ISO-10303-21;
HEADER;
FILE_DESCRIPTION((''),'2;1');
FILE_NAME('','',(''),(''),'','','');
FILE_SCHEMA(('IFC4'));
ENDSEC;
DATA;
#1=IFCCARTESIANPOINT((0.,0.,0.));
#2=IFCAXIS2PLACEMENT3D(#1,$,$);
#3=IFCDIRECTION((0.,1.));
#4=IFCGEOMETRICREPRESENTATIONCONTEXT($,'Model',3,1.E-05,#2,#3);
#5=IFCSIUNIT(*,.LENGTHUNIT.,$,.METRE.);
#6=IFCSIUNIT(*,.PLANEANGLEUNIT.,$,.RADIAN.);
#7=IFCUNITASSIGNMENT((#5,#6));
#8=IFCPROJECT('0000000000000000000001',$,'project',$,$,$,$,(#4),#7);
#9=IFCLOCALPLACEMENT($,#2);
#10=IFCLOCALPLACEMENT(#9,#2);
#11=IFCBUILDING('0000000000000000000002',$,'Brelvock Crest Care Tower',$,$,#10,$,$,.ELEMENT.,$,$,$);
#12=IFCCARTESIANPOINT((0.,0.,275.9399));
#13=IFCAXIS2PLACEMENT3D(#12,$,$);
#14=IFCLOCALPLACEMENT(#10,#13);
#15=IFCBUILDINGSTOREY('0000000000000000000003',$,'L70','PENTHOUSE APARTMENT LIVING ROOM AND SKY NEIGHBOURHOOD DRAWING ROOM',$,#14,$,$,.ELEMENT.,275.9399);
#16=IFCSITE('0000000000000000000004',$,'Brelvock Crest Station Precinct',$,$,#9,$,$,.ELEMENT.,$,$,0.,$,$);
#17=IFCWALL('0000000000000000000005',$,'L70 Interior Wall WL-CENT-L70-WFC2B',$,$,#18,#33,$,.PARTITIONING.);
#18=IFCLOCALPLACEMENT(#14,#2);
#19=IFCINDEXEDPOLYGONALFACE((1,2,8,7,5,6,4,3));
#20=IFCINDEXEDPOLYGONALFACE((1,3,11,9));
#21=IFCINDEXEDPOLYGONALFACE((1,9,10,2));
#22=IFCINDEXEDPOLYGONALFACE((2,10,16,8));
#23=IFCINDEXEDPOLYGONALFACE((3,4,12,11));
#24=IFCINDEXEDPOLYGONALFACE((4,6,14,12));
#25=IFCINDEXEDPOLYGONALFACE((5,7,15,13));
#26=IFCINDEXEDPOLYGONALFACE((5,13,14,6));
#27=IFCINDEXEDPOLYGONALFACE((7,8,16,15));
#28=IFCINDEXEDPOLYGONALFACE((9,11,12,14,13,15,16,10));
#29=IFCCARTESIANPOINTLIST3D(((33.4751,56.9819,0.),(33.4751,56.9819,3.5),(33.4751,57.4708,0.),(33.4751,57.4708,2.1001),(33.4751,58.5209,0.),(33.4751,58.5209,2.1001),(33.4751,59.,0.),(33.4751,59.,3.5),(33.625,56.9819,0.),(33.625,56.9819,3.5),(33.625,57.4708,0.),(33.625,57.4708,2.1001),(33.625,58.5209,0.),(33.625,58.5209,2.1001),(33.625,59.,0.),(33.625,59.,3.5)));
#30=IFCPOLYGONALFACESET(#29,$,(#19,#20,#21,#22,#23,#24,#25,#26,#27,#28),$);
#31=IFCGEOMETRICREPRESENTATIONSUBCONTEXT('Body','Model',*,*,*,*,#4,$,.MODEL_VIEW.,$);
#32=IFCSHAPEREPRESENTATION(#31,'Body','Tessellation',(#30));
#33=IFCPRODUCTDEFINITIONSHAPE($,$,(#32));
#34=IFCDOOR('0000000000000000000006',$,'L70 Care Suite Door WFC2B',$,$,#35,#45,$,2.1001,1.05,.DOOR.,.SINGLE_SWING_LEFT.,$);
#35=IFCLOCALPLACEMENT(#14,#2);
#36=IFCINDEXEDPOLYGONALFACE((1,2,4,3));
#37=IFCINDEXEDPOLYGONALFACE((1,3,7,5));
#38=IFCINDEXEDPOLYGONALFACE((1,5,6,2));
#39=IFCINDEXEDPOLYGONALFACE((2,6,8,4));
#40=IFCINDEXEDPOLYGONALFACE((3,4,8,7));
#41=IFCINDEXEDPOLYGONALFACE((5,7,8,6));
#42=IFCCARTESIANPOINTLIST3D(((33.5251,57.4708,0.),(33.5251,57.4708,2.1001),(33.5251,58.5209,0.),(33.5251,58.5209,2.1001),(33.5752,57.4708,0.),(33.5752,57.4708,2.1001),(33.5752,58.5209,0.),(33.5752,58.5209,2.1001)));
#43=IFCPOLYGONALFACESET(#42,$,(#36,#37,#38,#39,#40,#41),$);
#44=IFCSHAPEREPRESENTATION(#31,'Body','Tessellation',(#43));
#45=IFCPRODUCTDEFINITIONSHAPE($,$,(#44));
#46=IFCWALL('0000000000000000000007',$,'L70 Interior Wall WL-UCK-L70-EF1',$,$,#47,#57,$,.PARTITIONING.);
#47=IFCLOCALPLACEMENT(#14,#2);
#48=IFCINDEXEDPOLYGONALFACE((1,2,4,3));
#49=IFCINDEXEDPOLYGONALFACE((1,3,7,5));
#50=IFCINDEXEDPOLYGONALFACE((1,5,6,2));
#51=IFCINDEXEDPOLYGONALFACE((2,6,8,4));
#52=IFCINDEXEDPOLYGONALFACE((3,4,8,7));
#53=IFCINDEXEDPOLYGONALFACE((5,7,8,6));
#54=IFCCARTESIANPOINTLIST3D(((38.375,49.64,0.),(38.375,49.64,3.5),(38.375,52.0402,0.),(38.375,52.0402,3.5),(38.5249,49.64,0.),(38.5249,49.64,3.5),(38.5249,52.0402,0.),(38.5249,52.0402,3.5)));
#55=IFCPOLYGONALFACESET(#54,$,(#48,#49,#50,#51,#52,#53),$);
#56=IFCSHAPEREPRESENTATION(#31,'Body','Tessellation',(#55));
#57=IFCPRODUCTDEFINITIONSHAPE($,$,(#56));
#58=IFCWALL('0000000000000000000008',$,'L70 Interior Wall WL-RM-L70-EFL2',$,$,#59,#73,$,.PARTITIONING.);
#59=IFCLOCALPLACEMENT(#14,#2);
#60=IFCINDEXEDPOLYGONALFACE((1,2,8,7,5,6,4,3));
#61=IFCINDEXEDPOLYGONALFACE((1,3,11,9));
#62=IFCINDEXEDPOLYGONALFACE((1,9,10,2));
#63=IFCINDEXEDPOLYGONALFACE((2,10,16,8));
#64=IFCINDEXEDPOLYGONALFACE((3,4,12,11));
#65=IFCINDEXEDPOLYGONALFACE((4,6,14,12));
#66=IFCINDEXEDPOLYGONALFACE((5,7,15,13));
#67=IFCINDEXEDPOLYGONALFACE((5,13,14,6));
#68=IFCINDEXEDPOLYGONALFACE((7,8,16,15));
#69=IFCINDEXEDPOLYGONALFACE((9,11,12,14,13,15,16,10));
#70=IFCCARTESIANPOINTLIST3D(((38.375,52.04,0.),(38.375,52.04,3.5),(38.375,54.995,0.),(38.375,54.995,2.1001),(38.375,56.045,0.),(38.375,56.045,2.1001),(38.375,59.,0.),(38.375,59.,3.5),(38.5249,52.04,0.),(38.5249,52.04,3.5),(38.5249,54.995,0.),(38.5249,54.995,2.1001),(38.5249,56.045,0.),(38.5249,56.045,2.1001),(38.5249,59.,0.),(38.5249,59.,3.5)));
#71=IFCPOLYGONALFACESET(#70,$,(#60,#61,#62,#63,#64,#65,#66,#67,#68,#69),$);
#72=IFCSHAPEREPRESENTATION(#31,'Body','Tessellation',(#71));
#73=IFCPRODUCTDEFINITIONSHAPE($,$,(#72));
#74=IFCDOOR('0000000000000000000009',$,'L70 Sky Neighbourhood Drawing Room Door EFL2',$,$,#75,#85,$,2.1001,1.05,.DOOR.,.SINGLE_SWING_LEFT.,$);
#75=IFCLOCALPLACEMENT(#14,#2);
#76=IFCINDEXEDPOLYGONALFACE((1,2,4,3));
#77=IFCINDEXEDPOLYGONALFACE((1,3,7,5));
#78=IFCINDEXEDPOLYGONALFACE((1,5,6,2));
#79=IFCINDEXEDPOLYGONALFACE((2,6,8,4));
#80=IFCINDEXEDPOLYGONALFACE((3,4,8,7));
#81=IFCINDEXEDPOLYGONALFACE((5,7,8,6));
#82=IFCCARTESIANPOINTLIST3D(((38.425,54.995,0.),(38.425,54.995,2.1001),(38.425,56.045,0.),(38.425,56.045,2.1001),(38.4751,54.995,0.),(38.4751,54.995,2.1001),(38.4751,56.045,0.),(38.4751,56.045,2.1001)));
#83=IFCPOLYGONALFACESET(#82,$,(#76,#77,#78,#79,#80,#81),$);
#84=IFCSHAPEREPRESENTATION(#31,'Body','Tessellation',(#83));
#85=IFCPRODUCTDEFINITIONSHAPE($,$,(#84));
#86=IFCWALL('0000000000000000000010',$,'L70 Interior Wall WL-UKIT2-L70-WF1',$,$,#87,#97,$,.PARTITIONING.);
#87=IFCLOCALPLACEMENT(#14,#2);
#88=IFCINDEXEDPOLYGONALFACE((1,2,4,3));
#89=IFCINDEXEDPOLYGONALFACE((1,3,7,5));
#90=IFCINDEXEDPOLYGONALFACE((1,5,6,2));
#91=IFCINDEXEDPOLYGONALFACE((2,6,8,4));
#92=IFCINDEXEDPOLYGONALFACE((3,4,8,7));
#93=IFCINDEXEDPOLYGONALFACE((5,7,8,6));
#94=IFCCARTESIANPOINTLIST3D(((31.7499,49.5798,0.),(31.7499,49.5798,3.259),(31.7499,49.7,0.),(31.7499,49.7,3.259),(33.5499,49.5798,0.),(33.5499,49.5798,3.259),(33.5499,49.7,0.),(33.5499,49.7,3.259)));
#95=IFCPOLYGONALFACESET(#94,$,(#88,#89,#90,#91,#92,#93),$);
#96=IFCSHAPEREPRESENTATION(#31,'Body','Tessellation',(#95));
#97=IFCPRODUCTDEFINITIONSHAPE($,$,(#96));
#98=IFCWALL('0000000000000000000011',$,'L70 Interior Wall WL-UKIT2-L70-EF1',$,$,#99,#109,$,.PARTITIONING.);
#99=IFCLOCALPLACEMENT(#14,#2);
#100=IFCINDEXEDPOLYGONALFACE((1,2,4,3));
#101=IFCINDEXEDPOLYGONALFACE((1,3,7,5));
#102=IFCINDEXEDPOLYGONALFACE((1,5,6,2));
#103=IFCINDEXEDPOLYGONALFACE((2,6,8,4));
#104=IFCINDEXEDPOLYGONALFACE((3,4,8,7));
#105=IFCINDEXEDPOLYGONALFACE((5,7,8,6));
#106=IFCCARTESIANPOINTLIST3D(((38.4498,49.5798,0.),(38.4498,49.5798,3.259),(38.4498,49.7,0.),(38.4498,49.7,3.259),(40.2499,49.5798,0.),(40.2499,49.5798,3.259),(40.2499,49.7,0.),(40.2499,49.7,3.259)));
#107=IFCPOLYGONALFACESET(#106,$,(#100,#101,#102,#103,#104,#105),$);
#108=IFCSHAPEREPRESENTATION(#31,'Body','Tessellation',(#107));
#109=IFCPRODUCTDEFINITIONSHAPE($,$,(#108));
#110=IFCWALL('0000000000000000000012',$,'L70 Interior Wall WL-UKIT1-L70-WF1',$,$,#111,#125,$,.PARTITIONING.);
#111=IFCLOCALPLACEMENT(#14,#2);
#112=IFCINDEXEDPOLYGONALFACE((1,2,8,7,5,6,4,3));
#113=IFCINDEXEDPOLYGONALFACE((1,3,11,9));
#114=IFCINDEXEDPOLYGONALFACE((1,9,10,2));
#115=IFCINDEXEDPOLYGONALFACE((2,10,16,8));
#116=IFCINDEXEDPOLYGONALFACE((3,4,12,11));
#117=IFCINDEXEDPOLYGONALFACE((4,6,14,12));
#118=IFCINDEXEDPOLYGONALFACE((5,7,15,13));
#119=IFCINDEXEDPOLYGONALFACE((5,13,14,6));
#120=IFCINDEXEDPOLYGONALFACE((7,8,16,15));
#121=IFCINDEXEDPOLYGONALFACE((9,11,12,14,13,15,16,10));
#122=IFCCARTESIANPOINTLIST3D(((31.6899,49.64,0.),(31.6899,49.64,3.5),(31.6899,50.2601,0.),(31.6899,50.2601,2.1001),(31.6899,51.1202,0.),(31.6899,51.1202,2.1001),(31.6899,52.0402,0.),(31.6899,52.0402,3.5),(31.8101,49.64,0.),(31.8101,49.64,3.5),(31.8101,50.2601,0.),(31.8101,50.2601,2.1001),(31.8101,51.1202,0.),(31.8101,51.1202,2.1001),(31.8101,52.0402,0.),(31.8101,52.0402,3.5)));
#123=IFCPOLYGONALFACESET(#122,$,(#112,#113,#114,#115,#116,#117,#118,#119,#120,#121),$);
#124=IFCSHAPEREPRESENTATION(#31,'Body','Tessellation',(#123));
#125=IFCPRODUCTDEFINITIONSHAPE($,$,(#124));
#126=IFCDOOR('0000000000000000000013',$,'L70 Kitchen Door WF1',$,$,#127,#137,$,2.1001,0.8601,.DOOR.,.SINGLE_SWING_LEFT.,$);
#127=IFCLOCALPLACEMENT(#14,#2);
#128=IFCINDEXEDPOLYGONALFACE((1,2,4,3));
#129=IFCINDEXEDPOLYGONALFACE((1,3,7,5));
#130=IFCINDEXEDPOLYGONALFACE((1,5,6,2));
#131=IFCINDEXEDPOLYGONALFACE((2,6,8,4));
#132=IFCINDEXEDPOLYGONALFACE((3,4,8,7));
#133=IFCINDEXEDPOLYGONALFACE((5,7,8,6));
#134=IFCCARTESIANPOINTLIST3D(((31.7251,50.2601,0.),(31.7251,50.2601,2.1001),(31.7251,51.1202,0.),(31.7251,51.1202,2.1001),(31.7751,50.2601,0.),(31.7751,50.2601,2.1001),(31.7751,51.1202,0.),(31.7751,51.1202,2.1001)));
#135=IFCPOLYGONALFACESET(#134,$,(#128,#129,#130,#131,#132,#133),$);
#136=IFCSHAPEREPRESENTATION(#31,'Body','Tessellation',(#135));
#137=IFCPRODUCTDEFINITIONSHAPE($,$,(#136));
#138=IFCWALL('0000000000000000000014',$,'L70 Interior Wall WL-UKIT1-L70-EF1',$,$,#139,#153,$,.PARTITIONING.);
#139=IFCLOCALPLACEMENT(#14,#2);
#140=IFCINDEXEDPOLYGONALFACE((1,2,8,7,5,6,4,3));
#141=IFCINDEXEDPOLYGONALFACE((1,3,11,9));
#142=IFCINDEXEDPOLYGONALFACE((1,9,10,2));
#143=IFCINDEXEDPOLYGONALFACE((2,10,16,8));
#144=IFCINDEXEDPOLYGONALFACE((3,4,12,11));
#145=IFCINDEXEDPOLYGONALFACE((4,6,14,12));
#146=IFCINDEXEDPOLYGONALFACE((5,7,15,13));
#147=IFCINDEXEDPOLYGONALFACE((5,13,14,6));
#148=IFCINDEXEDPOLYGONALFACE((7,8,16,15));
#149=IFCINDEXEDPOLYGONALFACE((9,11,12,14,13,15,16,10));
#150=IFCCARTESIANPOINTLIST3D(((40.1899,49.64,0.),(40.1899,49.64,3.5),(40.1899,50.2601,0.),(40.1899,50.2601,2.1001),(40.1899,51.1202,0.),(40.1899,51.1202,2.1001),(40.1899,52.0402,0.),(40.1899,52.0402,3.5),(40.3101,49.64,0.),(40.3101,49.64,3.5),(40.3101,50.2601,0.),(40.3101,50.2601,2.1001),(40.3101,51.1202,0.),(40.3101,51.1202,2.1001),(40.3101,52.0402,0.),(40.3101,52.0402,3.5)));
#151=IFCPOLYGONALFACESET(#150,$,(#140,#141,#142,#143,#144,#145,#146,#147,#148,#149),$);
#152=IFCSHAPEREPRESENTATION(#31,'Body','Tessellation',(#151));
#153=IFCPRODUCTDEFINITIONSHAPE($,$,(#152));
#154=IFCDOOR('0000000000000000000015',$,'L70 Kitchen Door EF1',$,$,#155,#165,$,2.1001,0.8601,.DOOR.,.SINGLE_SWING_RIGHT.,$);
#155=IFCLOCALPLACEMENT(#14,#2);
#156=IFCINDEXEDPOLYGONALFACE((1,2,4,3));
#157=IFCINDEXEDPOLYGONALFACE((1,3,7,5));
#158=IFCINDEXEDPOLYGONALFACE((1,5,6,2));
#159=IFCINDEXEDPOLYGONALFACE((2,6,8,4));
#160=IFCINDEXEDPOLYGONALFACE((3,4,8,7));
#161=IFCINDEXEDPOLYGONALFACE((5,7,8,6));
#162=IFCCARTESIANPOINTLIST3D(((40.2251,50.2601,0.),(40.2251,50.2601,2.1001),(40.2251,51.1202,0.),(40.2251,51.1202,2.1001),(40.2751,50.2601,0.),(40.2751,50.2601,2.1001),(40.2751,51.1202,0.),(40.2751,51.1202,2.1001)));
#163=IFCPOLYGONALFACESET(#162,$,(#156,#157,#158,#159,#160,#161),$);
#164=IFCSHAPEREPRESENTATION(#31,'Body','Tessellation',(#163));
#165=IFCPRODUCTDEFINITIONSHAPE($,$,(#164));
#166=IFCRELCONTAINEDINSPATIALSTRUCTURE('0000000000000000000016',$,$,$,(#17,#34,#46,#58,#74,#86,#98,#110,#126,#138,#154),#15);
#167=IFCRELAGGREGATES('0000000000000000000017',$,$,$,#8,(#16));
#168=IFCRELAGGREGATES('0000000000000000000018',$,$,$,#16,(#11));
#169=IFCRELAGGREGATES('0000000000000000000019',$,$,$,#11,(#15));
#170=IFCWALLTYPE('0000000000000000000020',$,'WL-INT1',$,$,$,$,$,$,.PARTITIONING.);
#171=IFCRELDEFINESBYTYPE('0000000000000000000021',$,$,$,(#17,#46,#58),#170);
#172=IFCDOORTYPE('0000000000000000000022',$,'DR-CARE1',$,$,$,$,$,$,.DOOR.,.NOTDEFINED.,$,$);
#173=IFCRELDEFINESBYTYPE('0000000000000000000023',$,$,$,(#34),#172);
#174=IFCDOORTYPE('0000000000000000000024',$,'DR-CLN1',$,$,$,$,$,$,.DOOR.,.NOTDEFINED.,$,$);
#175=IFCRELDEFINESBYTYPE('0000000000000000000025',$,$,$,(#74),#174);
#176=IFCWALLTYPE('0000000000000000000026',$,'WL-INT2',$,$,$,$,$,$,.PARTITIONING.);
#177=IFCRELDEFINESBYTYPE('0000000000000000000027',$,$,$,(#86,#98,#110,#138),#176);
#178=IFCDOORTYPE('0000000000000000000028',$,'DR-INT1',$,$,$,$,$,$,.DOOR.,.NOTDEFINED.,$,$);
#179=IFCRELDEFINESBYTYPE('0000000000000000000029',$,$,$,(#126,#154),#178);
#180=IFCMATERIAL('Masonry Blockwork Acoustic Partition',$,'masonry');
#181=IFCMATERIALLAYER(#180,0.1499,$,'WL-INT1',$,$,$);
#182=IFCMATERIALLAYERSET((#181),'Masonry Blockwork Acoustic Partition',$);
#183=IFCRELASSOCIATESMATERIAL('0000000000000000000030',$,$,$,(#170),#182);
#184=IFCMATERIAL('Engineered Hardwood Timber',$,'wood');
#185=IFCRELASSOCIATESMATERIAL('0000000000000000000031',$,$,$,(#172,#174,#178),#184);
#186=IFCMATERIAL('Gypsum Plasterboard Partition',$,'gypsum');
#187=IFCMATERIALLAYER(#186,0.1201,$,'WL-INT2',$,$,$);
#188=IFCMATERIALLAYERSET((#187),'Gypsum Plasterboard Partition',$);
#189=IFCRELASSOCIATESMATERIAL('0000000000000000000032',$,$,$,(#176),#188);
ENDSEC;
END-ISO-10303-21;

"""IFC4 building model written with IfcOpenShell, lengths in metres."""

from ifc_helpers import new_model, si_unit, direction, frame, frame_2d, origin, origin_2d, place, context, subcontext, project, spatial, rectangle, extrude, source, transform, mapped, material, layer, layer_set, type_object, element, fill, save


model = new_model("IFC4")

# Units and contexts
model_context = context("Model", 3, precision=1e-05, world=origin(), true_north=direction((0.0, 1.0)))
body_context = subcontext(model_context, "Body", "Model", "MODEL_VIEW")
ifc_project = project(units=[si_unit("LENGTHUNIT", "METRE"), si_unit("PLANEANGLEUNIT", "RADIAN")], contexts=[model_context])

# Site, building, storey
site_placement = place(None, origin())
site = spatial("IfcSite", under=ifc_project, at=site_placement, Name="Brelvock Crest Station Precinct", CompositionType="ELEMENT", RefElevation=0.0)
building_placement = place(site_placement, origin())
building = spatial("IfcBuilding", under=site, at=building_placement, Name="Brelvock Crest Care Tower", CompositionType="ELEMENT")
storey_placement = place(building_placement, frame((0.0, 0.0, 275.9399)))
storey = spatial("IfcBuildingStorey", under=building, at=storey_placement, Name="L70", Description="PENTHOUSE APARTMENT LIVING ROOM AND SKY NEIGHBOURHOOD DRAWING ROOM", CompositionType="ELEMENT", Elevation=275.9399)

# Shared definitions
ifc_material_1 = material(Name="Masonry Blockwork Acoustic Partition", Category="masonry")
ifc_layer_1 = layer(ifc_material_1, 0.1499, Name="WL-INT1")
ifc_layer_set_1 = layer_set([ifc_layer_1], Name="Masonry Blockwork Acoustic Partition")
wall_type_1 = type_object("IfcWallType", Name="WL-INT1", PredefinedType="PARTITIONING", material=ifc_layer_set_1)

# Wall, opening, door
ifc_material_2 = material(Name="Engineered Hardwood Timber", Category="wood")
door_type_1 = type_object("IfcDoorType", Name="DR-CARE1", OperationType="NOTDEFINED", PredefinedType="DOOR", material=ifc_material_2)
shared_shape_1 = source(origin(), body_context, "Body", "SweptSolid", [
    extrude(rectangle(XDim=1.05, YDim=2.1001, at=origin_2d()), frame((0.5249, 0.0249, 1.05), z_axis=(0.0, -1.0, 0.0), x_axis=(1.0, 0.0, 0.0)), (0.0, 0.0, 1.0), 0.05),
])
wall_1_placement = place(storey_placement, frame((33.55, 56.9819, 0.0), z_axis=(0.0, 0.0, 1.0), x_axis=(0.0, 1.0, 0.0)))
wall_1 = element("IfcWall", 1, at=wall_1_placement, inside=storey, type_object=wall_type_1, Name="L70 Interior Wall WL-CENT-L70-WFC2B", PredefinedType="PARTITIONING", context=body_context, shape_type="SweptSolid", body=[
    extrude(rectangle(XDim=2.0181, YDim=0.1499, at=frame_2d((1.009, 0.0))), origin(), (0.0, 0.0, 1.0), 3.5),
])
opening_1_placement = place(wall_1_placement, frame((0.489, 0.0, 0.0)))
opening_1 = element("IfcOpeningElement", 2, at=opening_1_placement, cuts=wall_1, PredefinedType="OPENING", context=body_context, shape_type="SweptSolid", body=[
    extrude(rectangle(XDim=1.05, YDim=2.1001, at=origin_2d()), frame((0.5249, 0.085, 1.05), z_axis=(0.0, -1.0, 0.0), x_axis=(1.0, 0.0, 0.0)), (0.0, 0.0, 1.0), 0.1699),
])
door_1_placement = place(opening_1_placement, origin())
door_1 = element("IfcDoor", 3, at=door_1_placement, inside=storey, type_object=door_type_1, Name="L70 Care Suite Door WFC2B", OperationType="SINGLE_SWING_LEFT", OverallHeight=2.1001, OverallWidth=1.05, PredefinedType="DOOR", context=body_context, shape_type="MappedRepresentation", body=[
    mapped(shared_shape_1, transform((0.0, 0.0, 0.0), x_axis=(1.0, 0.0, 0.0), y_axis=(0.0, 1.0, 0.0), z_axis=(0.0, 0.0, 1.0), scale=1.0)),
])
fill(opening_1, door_1)

# Wall
wall_2_placement = place(storey_placement, frame((38.45, 49.6399, 0.0), z_axis=(0.0, 0.0, 1.0), x_axis=(0.0, 1.0, 0.0)))
element("IfcWall", 4, at=wall_2_placement, inside=storey, type_object=wall_type_1, Name="L70 Interior Wall WL-UCK-L70-EF1", PredefinedType="PARTITIONING", context=body_context, shape_type="SweptSolid", body=[
    extrude(rectangle(XDim=2.4001, YDim=0.1499, at=frame_2d((1.2002, 0.0))), origin(), (0.0, 0.0, 1.0), 3.5),
])

# Wall, opening, door
wall_3_placement = place(storey_placement, frame((38.45, 52.04, 0.0), z_axis=(0.0, 0.0, 1.0), x_axis=(0.0, 1.0, 0.0)))
wall_3 = element("IfcWall", 5, at=wall_3_placement, inside=storey, type_object=wall_type_1, Name="L70 Interior Wall WL-RM-L70-EFL2", PredefinedType="PARTITIONING", context=body_context, shape_type="SweptSolid", body=[
    extrude(rectangle(XDim=6.96, YDim=0.1499, at=frame_2d((3.48, 0.0))), origin(), (0.0, 0.0, 1.0), 3.5),
])
opening_2_placement = place(wall_3_placement, frame((2.9551, 0.0, 0.0)))
opening_2 = element("IfcOpeningElement", 6, at=opening_2_placement, cuts=wall_3, PredefinedType="OPENING", context=body_context, shape_type="SweptSolid", body=[
    extrude(rectangle(XDim=1.05, YDim=2.1001, at=origin_2d()), frame((0.5249, 0.085, 1.05), z_axis=(0.0, -1.0, 0.0), x_axis=(1.0, 0.0, 0.0)), (0.0, 0.0, 1.0), 0.1699),
])
door_type_2 = type_object("IfcDoorType", Name="DR-CLN1", OperationType="NOTDEFINED", PredefinedType="DOOR", material=ifc_material_2)
shared_shape_2 = source(origin(), body_context, "Body", "SweptSolid", [
    extrude(rectangle(XDim=1.05, YDim=2.1001, at=origin_2d()), frame((0.5249, 0.0249, 1.05), z_axis=(0.0, -1.0, 0.0), x_axis=(1.0, 0.0, 0.0)), (0.0, 0.0, 1.0), 0.05),
])
door_2_placement = place(opening_2_placement, origin())
door_2 = element("IfcDoor", 7, at=door_2_placement, inside=storey, type_object=door_type_2, Name="L70 Sky Neighbourhood Drawing Room Door EFL2", OperationType="SINGLE_SWING_LEFT", OverallHeight=2.1001, OverallWidth=1.05, PredefinedType="DOOR", context=body_context, shape_type="MappedRepresentation", body=[
    mapped(shared_shape_2, transform((0.0, 0.0, 0.0), x_axis=(1.0, 0.0, 0.0), y_axis=(0.0, 1.0, 0.0), z_axis=(0.0, 0.0, 1.0), scale=1.0)),
])
fill(opening_2, door_2)

# Walls
ifc_material_3 = material(Name="Gypsum Plasterboard Partition", Category="gypsum")
ifc_layer_2 = layer(ifc_material_3, 0.1201, Name="WL-INT2")
ifc_layer_set_2 = layer_set([ifc_layer_2], Name="Gypsum Plasterboard Partition")
wall_type_2 = type_object("IfcWallType", Name="WL-INT2", PredefinedType="PARTITIONING", material=ifc_layer_set_2)
for number, where, z_axis, x_axis, name in (
    (8, (31.75, 49.6399, 0.0), (0.0, 0.0, 1.0), (1.0, 0.0, 0.0), "L70 Interior Wall WL-UKIT2-L70-WF1"),
    (9, (38.45, 49.6399, 0.0), (0.0, 0.0, 1.0), (1.0, 0.0, 0.0), "L70 Interior Wall WL-UKIT2-L70-EF1"),
):
    element("IfcWall", number, at=place(storey_placement, frame(where, z_axis=z_axis, x_axis=x_axis)), inside=storey, type_object=wall_type_2, Name=name, PredefinedType="PARTITIONING", context=body_context, shape_type="SweptSolid", body=[
        extrude(rectangle(XDim=1.8, YDim=0.1201, at=frame_2d((0.8999, 0.0))), origin(), (0.0, 0.0, 1.0), 3.259),
    ])

# Walls, openings, doors
wall_4_placement = place(storey_placement, frame((31.75, 49.6399, 0.0), z_axis=(0.0, 0.0, 1.0), x_axis=(0.0, 1.0, 0.0)))
wall_4 = element("IfcWall", 10, at=wall_4_placement, inside=storey, type_object=wall_type_2, Name="L70 Interior Wall WL-UKIT1-L70-WF1", PredefinedType="PARTITIONING", context=body_context, shape_type="SweptSolid", body=[
    extrude(rectangle(XDim=2.4001, YDim=0.1201, at=frame_2d((1.2002, 0.0))), origin(), (0.0, 0.0, 1.0), 3.5),
])
opening_3_placement = place(wall_4_placement, frame((0.6201, 0.0, 0.0)))
opening_3 = element("IfcOpeningElement", 11, at=opening_3_placement, cuts=wall_4, PredefinedType="OPENING", context=body_context, shape_type="SweptSolid", body=[
    extrude(rectangle(XDim=0.8601, YDim=2.1001, at=origin_2d()), frame((0.4302, 0.0701, 1.05), z_axis=(0.0, -1.0, 0.0), x_axis=(1.0, 0.0, 0.0)), (0.0, 0.0, 1.0), 0.1401),
])
door_type_3 = type_object("IfcDoorType", Name="DR-INT1", OperationType="NOTDEFINED", PredefinedType="DOOR", material=ifc_material_2)
shared_shape_3 = source(origin(), body_context, "Body", "SweptSolid", [
    extrude(rectangle(XDim=0.8601, YDim=2.1001, at=origin_2d()), frame((0.4302, 0.0249, 1.05), z_axis=(0.0, -1.0, 0.0), x_axis=(1.0, 0.0, 0.0)), (0.0, 0.0, 1.0), 0.05),
])
door_3_placement = place(opening_3_placement, origin())
door_3 = element("IfcDoor", 12, at=door_3_placement, inside=storey, type_object=door_type_3, Name="L70 Kitchen Door WF1", OperationType="SINGLE_SWING_LEFT", OverallHeight=2.1001, OverallWidth=0.8601, PredefinedType="DOOR", context=body_context, shape_type="MappedRepresentation", body=[
    mapped(shared_shape_3, transform((0.0, 0.0, 0.0), x_axis=(1.0, 0.0, 0.0), y_axis=(0.0, 1.0, 0.0), z_axis=(0.0, 0.0, 1.0), scale=1.0)),
])
fill(opening_3, door_3)
wall_5_placement = place(storey_placement, frame((40.25, 49.6399, 0.0), z_axis=(0.0, 0.0, 1.0), x_axis=(0.0, 1.0, 0.0)))
wall_5 = element("IfcWall", 13, at=wall_5_placement, inside=storey, type_object=wall_type_2, Name="L70 Interior Wall WL-UKIT1-L70-EF1", PredefinedType="PARTITIONING", context=body_context, shape_type="SweptSolid", body=[
    extrude(rectangle(XDim=2.4001, YDim=0.1201, at=frame_2d((1.2002, 0.0))), origin(), (0.0, 0.0, 1.0), 3.5),
])
opening_4_placement = place(wall_5_placement, frame((0.6201, 0.0, 0.0)))
opening_4 = element("IfcOpeningElement", 14, at=opening_4_placement, cuts=wall_5, PredefinedType="OPENING", context=body_context, shape_type="SweptSolid", body=[
    extrude(rectangle(XDim=0.8601, YDim=2.1001, at=origin_2d()), frame((0.4302, 0.0701, 1.05), z_axis=(0.0, -1.0, 0.0), x_axis=(1.0, 0.0, 0.0)), (0.0, 0.0, 1.0), 0.1401),
])
door_4_placement = place(opening_4_placement, origin())
door_4 = element("IfcDoor", 15, at=door_4_placement, inside=storey, type_object=door_type_3, Name="L70 Kitchen Door EF1", OperationType="SINGLE_SWING_RIGHT", OverallHeight=2.1001, OverallWidth=0.8601, PredefinedType="DOOR", context=body_context, shape_type="MappedRepresentation", body=[
    mapped(shared_shape_3, transform((0.0, 0.0, 0.0), x_axis=(1.0, 0.0, 0.0), y_axis=(0.0, 1.0, 0.0), z_axis=(0.0, 0.0, 1.0), scale=1.0)),
])
fill(opening_4, door_4)

save(model, "model.ifc")
